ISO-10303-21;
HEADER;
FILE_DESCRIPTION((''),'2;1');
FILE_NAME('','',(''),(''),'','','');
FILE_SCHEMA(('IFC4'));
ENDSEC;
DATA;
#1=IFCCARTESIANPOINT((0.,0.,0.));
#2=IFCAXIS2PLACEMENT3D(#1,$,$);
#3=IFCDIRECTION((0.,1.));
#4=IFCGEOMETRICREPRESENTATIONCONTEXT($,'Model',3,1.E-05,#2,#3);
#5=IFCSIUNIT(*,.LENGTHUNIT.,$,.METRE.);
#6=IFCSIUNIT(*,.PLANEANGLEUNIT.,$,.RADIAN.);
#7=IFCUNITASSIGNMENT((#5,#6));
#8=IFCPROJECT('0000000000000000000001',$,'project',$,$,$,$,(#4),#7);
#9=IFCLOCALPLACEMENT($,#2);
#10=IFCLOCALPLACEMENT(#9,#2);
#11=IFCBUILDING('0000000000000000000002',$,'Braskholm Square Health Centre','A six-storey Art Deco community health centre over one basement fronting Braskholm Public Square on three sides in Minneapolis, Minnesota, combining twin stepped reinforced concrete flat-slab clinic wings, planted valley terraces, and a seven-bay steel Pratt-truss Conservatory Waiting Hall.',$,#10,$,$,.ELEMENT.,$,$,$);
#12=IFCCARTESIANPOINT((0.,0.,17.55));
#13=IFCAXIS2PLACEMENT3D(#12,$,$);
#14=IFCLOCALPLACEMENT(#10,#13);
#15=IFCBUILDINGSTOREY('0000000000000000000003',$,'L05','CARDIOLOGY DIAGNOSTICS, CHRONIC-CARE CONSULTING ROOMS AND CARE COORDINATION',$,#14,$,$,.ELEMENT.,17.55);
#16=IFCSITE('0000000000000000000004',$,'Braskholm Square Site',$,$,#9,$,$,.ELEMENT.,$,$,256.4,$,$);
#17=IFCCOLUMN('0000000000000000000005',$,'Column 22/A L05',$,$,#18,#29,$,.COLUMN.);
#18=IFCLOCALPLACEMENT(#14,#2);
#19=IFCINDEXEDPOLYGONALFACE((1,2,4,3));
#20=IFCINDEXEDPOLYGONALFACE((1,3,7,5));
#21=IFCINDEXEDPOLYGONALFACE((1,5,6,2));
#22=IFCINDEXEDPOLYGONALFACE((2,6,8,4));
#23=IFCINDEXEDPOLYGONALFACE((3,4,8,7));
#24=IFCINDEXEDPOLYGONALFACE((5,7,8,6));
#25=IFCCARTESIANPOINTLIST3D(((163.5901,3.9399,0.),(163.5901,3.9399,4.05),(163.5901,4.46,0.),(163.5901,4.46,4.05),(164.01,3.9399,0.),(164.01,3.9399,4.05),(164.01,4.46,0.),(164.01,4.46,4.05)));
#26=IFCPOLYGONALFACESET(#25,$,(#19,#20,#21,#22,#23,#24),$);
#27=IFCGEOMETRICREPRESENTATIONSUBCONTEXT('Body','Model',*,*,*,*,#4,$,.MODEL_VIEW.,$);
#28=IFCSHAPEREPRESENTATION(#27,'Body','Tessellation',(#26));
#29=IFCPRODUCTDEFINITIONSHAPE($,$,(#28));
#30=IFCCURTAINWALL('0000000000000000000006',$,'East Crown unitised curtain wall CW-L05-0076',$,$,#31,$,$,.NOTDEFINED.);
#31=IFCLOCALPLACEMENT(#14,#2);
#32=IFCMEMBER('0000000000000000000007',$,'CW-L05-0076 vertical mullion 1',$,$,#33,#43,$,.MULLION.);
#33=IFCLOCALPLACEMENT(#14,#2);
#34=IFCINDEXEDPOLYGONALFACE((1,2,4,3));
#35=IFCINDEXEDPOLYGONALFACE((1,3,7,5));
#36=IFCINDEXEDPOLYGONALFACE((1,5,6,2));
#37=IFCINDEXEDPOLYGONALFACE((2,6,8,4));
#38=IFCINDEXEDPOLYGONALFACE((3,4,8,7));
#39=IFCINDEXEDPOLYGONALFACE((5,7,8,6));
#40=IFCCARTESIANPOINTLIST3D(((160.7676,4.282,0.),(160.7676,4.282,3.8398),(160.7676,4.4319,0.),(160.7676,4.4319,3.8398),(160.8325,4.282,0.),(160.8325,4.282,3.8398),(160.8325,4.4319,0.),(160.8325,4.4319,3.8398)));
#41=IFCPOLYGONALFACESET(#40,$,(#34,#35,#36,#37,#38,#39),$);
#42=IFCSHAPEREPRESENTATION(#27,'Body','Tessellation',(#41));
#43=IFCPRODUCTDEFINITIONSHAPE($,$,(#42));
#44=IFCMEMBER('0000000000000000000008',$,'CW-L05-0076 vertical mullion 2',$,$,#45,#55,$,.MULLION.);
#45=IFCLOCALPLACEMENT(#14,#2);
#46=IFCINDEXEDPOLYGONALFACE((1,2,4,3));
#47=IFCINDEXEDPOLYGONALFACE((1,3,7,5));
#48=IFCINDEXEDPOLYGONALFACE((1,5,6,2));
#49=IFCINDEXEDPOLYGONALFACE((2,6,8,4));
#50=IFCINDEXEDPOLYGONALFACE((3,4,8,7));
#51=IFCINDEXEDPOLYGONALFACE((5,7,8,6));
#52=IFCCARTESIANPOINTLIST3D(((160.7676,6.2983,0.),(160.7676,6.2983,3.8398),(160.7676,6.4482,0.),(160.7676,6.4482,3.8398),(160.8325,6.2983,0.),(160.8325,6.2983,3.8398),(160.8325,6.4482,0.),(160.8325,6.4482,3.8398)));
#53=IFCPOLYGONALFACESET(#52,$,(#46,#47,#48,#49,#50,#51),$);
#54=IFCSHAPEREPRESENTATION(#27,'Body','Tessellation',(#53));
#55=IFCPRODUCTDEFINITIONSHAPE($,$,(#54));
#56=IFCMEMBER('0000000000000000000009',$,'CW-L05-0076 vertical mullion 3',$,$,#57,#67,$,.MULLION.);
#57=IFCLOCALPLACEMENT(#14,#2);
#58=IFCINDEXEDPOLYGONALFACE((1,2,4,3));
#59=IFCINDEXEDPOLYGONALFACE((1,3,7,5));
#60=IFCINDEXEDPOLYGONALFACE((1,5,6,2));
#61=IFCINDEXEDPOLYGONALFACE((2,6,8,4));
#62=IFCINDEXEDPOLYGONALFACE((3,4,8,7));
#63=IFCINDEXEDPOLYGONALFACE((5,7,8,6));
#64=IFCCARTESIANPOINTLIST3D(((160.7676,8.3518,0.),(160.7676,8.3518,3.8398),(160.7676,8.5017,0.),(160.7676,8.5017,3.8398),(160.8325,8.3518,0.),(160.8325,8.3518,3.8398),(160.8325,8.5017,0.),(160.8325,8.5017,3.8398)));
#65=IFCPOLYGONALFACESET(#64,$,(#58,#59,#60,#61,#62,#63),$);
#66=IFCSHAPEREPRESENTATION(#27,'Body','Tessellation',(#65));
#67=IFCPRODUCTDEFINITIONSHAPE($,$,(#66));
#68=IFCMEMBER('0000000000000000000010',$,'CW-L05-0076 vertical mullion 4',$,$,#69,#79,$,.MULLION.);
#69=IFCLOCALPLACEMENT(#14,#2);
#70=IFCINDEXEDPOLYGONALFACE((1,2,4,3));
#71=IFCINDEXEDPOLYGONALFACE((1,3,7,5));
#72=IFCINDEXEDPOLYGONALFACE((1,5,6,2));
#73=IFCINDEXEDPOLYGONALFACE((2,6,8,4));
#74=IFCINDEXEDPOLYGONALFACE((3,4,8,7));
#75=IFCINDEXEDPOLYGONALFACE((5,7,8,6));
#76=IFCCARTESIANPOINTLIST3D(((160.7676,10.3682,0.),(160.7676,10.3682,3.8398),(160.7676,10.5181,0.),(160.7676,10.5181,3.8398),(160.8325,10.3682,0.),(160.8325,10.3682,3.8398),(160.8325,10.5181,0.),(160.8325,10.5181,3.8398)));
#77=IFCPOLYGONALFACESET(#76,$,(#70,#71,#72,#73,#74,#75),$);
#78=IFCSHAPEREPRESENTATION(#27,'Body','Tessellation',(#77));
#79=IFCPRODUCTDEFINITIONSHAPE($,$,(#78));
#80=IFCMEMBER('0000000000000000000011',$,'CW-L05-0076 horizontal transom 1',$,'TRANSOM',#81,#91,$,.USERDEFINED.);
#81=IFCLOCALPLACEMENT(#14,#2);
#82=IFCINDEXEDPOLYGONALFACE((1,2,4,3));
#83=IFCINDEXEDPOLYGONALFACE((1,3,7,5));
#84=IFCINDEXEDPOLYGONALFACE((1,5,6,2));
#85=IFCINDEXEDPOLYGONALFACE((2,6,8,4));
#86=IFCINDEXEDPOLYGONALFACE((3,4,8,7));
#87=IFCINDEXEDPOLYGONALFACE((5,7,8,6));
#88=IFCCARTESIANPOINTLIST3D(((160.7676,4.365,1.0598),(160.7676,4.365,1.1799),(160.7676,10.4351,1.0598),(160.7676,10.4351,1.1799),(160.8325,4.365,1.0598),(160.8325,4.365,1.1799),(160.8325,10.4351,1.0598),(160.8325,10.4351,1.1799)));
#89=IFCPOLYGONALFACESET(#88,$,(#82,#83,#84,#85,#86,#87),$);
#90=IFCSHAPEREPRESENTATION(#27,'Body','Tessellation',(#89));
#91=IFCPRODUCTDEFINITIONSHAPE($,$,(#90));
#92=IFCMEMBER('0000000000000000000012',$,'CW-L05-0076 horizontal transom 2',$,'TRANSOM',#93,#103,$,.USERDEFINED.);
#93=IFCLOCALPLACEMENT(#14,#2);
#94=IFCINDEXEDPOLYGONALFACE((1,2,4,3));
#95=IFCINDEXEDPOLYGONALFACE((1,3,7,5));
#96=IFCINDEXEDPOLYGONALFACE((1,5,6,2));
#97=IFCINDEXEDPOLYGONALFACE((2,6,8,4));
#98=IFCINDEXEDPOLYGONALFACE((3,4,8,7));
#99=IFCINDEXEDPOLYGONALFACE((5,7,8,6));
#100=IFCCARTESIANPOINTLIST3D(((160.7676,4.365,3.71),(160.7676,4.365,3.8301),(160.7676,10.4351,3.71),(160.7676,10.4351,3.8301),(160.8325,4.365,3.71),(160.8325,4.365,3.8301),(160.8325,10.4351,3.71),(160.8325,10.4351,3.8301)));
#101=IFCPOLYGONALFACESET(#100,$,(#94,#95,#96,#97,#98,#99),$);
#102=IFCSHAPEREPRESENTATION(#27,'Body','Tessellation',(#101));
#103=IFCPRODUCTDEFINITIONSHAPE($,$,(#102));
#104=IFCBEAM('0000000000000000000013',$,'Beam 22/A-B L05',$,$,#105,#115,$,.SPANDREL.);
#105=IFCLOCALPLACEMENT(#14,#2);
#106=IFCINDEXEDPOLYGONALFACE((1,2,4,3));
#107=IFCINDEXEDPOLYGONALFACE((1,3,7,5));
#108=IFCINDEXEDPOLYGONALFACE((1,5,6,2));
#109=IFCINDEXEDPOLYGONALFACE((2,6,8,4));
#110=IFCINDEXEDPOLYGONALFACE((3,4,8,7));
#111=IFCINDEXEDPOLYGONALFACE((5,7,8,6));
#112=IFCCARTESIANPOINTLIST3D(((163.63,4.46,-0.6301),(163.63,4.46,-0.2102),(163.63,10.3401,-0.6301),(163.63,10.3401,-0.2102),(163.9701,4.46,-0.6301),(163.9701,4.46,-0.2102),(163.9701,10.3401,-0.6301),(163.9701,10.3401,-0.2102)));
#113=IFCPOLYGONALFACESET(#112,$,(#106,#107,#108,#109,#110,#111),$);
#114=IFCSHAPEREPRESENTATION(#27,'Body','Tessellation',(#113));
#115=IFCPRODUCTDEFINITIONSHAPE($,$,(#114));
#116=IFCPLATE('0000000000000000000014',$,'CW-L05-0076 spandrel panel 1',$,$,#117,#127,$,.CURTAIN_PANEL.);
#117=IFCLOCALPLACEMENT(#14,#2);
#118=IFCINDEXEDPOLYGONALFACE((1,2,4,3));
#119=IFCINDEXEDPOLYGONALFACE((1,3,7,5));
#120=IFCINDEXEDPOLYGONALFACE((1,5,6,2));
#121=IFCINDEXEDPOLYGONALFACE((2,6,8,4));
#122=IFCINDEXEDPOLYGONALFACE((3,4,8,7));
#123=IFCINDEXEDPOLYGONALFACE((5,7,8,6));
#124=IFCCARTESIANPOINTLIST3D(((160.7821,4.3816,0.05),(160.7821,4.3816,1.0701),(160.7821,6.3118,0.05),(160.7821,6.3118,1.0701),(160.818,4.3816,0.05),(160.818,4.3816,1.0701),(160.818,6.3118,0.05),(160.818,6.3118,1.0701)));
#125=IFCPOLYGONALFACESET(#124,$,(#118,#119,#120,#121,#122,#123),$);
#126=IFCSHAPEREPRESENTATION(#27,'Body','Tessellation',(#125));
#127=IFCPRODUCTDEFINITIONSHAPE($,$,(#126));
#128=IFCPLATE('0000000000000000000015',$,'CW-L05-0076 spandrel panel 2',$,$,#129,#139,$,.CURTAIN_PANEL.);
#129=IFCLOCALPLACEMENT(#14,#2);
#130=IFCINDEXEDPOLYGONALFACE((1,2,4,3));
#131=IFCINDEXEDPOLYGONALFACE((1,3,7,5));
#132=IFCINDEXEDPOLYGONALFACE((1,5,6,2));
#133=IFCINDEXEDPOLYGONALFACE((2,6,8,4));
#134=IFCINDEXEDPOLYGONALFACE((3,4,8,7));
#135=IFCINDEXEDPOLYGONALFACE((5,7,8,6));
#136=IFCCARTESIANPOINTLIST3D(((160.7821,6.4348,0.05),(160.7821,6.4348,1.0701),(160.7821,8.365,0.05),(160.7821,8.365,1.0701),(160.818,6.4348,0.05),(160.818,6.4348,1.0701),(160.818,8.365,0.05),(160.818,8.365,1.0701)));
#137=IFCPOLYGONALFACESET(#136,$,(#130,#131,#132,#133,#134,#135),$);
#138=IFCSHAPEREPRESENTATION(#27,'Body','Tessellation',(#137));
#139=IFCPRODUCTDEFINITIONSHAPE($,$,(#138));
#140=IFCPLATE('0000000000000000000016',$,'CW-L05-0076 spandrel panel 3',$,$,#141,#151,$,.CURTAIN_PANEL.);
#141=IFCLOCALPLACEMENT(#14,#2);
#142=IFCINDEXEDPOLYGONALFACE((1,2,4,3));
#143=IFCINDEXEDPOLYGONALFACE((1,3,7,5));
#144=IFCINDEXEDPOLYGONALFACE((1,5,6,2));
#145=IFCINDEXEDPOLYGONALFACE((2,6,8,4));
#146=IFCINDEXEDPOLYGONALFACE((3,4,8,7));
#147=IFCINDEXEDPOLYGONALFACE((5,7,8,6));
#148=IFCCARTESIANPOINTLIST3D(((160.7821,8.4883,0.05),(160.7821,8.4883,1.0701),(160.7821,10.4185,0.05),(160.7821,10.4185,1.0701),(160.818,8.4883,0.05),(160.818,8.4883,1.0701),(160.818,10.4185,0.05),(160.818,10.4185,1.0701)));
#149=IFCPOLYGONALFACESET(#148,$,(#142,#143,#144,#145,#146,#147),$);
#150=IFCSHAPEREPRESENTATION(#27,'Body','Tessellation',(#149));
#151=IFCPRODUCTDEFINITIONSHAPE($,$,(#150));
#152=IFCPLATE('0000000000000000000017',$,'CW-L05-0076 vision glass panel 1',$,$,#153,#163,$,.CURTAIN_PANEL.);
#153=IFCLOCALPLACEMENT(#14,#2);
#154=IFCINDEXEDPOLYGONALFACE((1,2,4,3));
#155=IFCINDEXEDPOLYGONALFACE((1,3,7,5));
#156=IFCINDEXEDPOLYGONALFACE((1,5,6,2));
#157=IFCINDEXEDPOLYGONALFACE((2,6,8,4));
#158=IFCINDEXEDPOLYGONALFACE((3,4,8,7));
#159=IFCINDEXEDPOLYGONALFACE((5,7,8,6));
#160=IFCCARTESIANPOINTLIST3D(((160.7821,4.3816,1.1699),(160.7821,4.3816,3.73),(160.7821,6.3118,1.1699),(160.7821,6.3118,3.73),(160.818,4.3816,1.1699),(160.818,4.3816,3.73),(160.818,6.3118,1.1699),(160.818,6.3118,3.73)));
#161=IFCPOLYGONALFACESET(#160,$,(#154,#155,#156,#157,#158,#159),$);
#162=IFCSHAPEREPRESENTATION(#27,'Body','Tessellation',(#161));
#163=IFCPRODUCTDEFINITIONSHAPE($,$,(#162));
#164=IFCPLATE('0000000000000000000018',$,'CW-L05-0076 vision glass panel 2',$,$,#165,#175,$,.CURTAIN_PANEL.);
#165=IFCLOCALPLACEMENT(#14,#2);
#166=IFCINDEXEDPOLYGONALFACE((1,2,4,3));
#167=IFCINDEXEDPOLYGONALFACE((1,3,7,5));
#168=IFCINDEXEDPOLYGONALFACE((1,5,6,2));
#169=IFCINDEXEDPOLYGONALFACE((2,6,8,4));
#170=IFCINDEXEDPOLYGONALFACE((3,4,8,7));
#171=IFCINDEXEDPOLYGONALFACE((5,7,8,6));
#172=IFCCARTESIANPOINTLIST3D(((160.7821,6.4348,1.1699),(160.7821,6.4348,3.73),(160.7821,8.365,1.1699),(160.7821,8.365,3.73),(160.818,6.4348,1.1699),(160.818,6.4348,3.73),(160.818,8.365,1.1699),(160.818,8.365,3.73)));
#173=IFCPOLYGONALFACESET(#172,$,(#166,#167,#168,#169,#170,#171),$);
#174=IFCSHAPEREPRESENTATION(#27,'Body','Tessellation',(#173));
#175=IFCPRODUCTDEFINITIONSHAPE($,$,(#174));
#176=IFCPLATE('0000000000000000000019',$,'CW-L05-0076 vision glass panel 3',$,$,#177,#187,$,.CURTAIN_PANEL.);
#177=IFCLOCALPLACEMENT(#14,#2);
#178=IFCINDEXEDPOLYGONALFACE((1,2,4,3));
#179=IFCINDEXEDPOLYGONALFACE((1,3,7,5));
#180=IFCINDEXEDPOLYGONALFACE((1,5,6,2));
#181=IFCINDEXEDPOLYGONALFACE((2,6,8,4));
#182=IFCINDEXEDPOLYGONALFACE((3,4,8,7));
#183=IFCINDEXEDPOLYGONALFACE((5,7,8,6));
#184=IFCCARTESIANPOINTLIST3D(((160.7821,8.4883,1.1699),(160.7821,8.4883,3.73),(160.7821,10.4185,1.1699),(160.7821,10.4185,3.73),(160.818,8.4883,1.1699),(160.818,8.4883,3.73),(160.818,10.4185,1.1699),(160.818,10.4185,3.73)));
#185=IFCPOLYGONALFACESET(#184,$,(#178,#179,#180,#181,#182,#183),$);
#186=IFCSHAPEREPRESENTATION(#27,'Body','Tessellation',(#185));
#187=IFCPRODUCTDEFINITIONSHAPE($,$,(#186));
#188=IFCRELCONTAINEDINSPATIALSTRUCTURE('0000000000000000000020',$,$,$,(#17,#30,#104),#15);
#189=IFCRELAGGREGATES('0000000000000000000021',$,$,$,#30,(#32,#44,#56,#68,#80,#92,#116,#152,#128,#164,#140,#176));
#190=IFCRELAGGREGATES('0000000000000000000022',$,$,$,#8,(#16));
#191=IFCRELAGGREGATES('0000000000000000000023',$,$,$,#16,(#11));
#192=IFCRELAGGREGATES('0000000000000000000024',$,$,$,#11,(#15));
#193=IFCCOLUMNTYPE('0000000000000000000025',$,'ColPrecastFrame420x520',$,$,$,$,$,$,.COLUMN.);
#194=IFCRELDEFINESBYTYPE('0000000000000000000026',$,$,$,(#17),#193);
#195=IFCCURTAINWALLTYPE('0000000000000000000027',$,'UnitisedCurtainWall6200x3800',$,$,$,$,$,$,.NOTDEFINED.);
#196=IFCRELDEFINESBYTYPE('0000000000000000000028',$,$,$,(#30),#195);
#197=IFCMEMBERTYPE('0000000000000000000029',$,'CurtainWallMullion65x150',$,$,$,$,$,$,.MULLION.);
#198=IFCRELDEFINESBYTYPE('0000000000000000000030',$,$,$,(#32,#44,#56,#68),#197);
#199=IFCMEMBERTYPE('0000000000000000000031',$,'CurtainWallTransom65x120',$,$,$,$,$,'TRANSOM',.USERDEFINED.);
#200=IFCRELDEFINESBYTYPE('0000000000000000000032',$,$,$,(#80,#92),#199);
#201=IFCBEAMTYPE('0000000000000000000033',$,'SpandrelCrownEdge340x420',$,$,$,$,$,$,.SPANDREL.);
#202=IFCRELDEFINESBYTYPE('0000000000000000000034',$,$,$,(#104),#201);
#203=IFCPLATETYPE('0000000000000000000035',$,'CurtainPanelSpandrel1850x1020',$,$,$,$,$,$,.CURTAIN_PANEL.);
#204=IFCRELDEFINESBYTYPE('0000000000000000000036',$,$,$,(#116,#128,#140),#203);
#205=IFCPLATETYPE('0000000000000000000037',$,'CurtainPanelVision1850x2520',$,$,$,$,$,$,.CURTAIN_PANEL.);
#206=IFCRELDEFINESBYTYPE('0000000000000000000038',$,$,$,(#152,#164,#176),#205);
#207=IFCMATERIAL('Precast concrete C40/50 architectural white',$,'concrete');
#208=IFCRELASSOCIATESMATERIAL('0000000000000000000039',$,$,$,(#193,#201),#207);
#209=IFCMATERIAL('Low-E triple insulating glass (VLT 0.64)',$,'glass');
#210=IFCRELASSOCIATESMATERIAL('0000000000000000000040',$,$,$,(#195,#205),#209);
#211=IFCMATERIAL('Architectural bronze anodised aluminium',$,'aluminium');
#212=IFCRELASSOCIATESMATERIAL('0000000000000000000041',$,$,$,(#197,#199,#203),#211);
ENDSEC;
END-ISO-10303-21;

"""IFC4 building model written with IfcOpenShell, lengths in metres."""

from ifc_helpers import new_model, si_unit, direction, frame, origin, origin_2d, place, context, subcontext, project, spatial, rectangle, extrude, material, material_profile, profile_set, type_object, element, aggregate, save


model = new_model("IFC4")

# Units and contexts
model_context = context("Model", 3, precision=1e-05, world=origin(), true_north=direction((0.0, 1.0)))
body_context = subcontext(model_context, "Body", "Model", "MODEL_VIEW")
ifc_project = project(units=[si_unit("LENGTHUNIT", "METRE"), si_unit("PLANEANGLEUNIT", "RADIAN")], contexts=[model_context])

# Site, building, storey
site_placement = place(None, origin())
site = spatial("IfcSite", under=ifc_project, at=site_placement, Name="Braskholm Square Site", CompositionType="ELEMENT", RefElevation=256.4)
building_placement = place(site_placement, origin())
building = spatial("IfcBuilding", under=site, at=building_placement, Name="Braskholm Square Health Centre", Description="A six-storey Art Deco community health centre over one basement fronting Braskholm Public Square on three sides in Minneapolis, Minnesota, combining twin stepped reinforced concrete flat-slab clinic wings, planted valley terraces, and a seven-bay steel Pratt-truss Conservatory Waiting Hall.", CompositionType="ELEMENT")
storey_placement = place(building_placement, frame((0.0, 0.0, 17.55)))
storey = spatial("IfcBuildingStorey", under=building, at=storey_placement, Name="L05", Description="CARDIOLOGY DIAGNOSTICS, CHRONIC-CARE CONSULTING ROOMS AND CARE COORDINATION", CompositionType="ELEMENT", Elevation=17.55)

# Column
ifc_material_1 = material(Name="Precast concrete C40/50 architectural white", Category="concrete")
ifc_material_profile_1 = material_profile(ifc_material_1, rectangle(XDim=0.4199, YDim=0.52, at=origin_2d()), Name="RC-420X520")
ifc_profile_set_1 = profile_set([ifc_material_profile_1], Name="Precast concrete C40/50 architectural white")
column_type = type_object("IfcColumnType", Name="ColPrecastFrame420x520", PredefinedType="COLUMN", material=ifc_profile_set_1)
column_placement = place(storey_placement, frame((163.8, 4.2, 0.0), z_axis=(0.0, 0.0, 1.0), x_axis=(1.0, 0.0, 0.0)))
element("IfcColumn", 1, at=column_placement, inside=storey, type_object=column_type, Name="Column 22/A L05", PredefinedType="COLUMN", context=body_context, shape_type="SweptSolid", body=[
    extrude(rectangle(XDim=0.4199, YDim=0.52, at=origin_2d()), origin(), (0.0, 0.0, 1.0), 4.05),
])

# Curtain wall, members
ifc_material_2 = material(Name="Low-E triple insulating glass (VLT 0.64)", Category="glass")
curtain_wall_type = type_object("IfcCurtainWallType", Name="UnitisedCurtainWall6200x3800", PredefinedType="NOTDEFINED", material=ifc_material_2)
curtain_wall_placement = place(storey_placement, origin())
curtain_wall = element("IfcCurtainWall", 2, at=curtain_wall_placement, inside=storey, type_object=curtain_wall_type, Name="East Crown unitised curtain wall CW-L05-0076", PredefinedType="NOTDEFINED")
ifc_material_3 = material(Name="Architectural bronze anodised aluminium", Category="aluminium")
ifc_material_profile_2 = material_profile(ifc_material_3, rectangle(XDim=0.0649, YDim=0.1499, at=origin_2d()), Name="ALU-65X150")
ifc_profile_set_2 = profile_set([ifc_material_profile_2], Name="Architectural bronze anodised aluminium")
member_type_1 = type_object("IfcMemberType", Name="CurtainWallMullion65x150", PredefinedType="MULLION", material=ifc_profile_set_2)
member_1_placement = place(storey_placement, frame((160.8, 4.3569, 0.0), z_axis=(0.0, 0.0, 1.0), x_axis=(1.0, 0.0, 0.0)))
member_1 = element("IfcMember", 3, at=member_1_placement, type_object=member_type_1, Name="CW-L05-0076 vertical mullion 1", PredefinedType="MULLION", context=body_context, shape_type="SweptSolid", body=[
    extrude(rectangle(XDim=0.0649, YDim=0.1499, at=origin_2d()), origin(), (0.0, 0.0, 1.0), 3.8398),
])
member_2_placement = place(storey_placement, frame((160.8, 6.3733, 0.0), z_axis=(0.0, 0.0, 1.0), x_axis=(1.0, 0.0, 0.0)))
member_2 = element("IfcMember", 4, at=member_2_placement, type_object=member_type_1, Name="CW-L05-0076 vertical mullion 2", PredefinedType="MULLION", context=body_context, shape_type="SweptSolid", body=[
    extrude(rectangle(XDim=0.0649, YDim=0.1499, at=origin_2d()), origin(), (0.0, 0.0, 1.0), 3.8398),
])
member_3_placement = place(storey_placement, frame((160.8, 8.4268, 0.0), z_axis=(0.0, 0.0, 1.0), x_axis=(1.0, 0.0, 0.0)))
member_3 = element("IfcMember", 5, at=member_3_placement, type_object=member_type_1, Name="CW-L05-0076 vertical mullion 3", PredefinedType="MULLION", context=body_context, shape_type="SweptSolid", body=[
    extrude(rectangle(XDim=0.0649, YDim=0.1499, at=origin_2d()), origin(), (0.0, 0.0, 1.0), 3.8398),
])
member_4_placement = place(storey_placement, frame((160.8, 10.4431, 0.0), z_axis=(0.0, 0.0, 1.0), x_axis=(1.0, 0.0, 0.0)))
member_4 = element("IfcMember", 6, at=member_4_placement, type_object=member_type_1, Name="CW-L05-0076 vertical mullion 4", PredefinedType="MULLION", context=body_context, shape_type="SweptSolid", body=[
    extrude(rectangle(XDim=0.0649, YDim=0.1499, at=origin_2d()), origin(), (0.0, 0.0, 1.0), 3.8398),
])
ifc_material_profile_3 = material_profile(ifc_material_3, rectangle(XDim=0.0649, YDim=0.1201, at=origin_2d()), Name="ALU-65X120")
ifc_profile_set_3 = profile_set([ifc_material_profile_3], Name="Architectural bronze anodised aluminium")
member_type_2 = type_object("IfcMemberType", Name="CurtainWallTransom65x120", ElementType="TRANSOM", PredefinedType="USERDEFINED", material=ifc_profile_set_3)
member_5_placement = place(storey_placement, frame((160.8, 4.365, 1.1199), z_axis=(0.0, 1.0, 0.0), x_axis=(-1.0, 0.0, 0.0)))
member_5 = element("IfcMember", 7, at=member_5_placement, type_object=member_type_2, Name="CW-L05-0076 horizontal transom 1", ObjectType="TRANSOM", PredefinedType="USERDEFINED", context=body_context, shape_type="SweptSolid", body=[
    extrude(rectangle(XDim=0.0649, YDim=0.1201, at=origin_2d()), origin(), (0.0, 0.0, 1.0), 6.0701),
])
member_6_placement = place(storey_placement, frame((160.8, 4.365, 3.77), z_axis=(0.0, 1.0, 0.0), x_axis=(-1.0, 0.0, 0.0)))
member_6 = element("IfcMember", 8, at=member_6_placement, type_object=member_type_2, Name="CW-L05-0076 horizontal transom 2", ObjectType="TRANSOM", PredefinedType="USERDEFINED", context=body_context, shape_type="SweptSolid", body=[
    extrude(rectangle(XDim=0.0649, YDim=0.1201, at=origin_2d()), origin(), (0.0, 0.0, 1.0), 6.0701),
])

# Beam
ifc_material_profile_4 = material_profile(ifc_material_1, rectangle(XDim=0.3401, YDim=0.4199, at=origin_2d()), Name="RCB-340X420")
ifc_profile_set_4 = profile_set([ifc_material_profile_4], Name="Precast concrete C40/50 architectural white")
beam_type = type_object("IfcBeamType", Name="SpandrelCrownEdge340x420", PredefinedType="SPANDREL", material=ifc_profile_set_4)
beam_placement = place(storey_placement, frame((163.8, 4.46, -0.4202), z_axis=(0.0, 1.0, 0.0), x_axis=(-1.0, 0.0, 0.0)))
element("IfcBeam", 9, at=beam_placement, inside=storey, type_object=beam_type, Name="Beam 22/A-B L05", PredefinedType="SPANDREL", context=body_context, shape_type="SweptSolid", body=[
    extrude(rectangle(XDim=0.3401, YDim=0.4199, at=origin_2d()), origin(), (0.0, 0.0, 1.0), 5.8801),
])

# Plates
plate_type_1 = type_object("IfcPlateType", Name="CurtainPanelSpandrel1850x1020", PredefinedType="CURTAIN_PANEL", material=ifc_material_3)
plate_1_placement = place(storey_placement, frame((160.8, 5.3467, 0.05), z_axis=(0.0, 0.0, 1.0), x_axis=(0.0, 1.0, 0.0)))
plate_1 = element("IfcPlate", 10, at=plate_1_placement, type_object=plate_type_1, Name="CW-L05-0076 spandrel panel 1", PredefinedType="CURTAIN_PANEL", context=body_context, shape_type="SweptSolid", body=[
    extrude(rectangle(XDim=1.9302, YDim=0.0359, at=origin_2d()), origin(), (0.0, 0.0, 1.0), 1.02),
])
plate_2_placement = place(storey_placement, frame((160.8, 7.3999, 0.05), z_axis=(0.0, 0.0, 1.0), x_axis=(0.0, 1.0, 0.0)))
plate_2 = element("IfcPlate", 11, at=plate_2_placement, type_object=plate_type_1, Name="CW-L05-0076 spandrel panel 2", PredefinedType="CURTAIN_PANEL", context=body_context, shape_type="SweptSolid", body=[
    extrude(rectangle(XDim=1.9302, YDim=0.0359, at=origin_2d()), origin(), (0.0, 0.0, 1.0), 1.02),
])
plate_3_placement = place(storey_placement, frame((160.8, 9.4534, 0.05), z_axis=(0.0, 0.0, 1.0), x_axis=(0.0, 1.0, 0.0)))
plate_3 = element("IfcPlate", 12, at=plate_3_placement, type_object=plate_type_1, Name="CW-L05-0076 spandrel panel 3", PredefinedType="CURTAIN_PANEL", context=body_context, shape_type="SweptSolid", body=[
    extrude(rectangle(XDim=1.9302, YDim=0.0359, at=origin_2d()), origin(), (0.0, 0.0, 1.0), 1.02),
])
plate_type_2 = type_object("IfcPlateType", Name="CurtainPanelVision1850x2520", PredefinedType="CURTAIN_PANEL", material=ifc_material_2)
plate_4_placement = place(storey_placement, frame((160.8, 5.3467, 1.1699), z_axis=(0.0, 0.0, 1.0), x_axis=(0.0, 1.0, 0.0)))
plate_4 = element("IfcPlate", 13, at=plate_4_placement, type_object=plate_type_2, Name="CW-L05-0076 vision glass panel 1", PredefinedType="CURTAIN_PANEL", context=body_context, shape_type="SweptSolid", body=[
    extrude(rectangle(XDim=1.9302, YDim=0.0359, at=origin_2d()), origin(), (0.0, 0.0, 1.0), 2.5601),
])
plate_5_placement = place(storey_placement, frame((160.8, 7.3999, 1.1699), z_axis=(0.0, 0.0, 1.0), x_axis=(0.0, 1.0, 0.0)))
plate_5 = element("IfcPlate", 14, at=plate_5_placement, type_object=plate_type_2, Name="CW-L05-0076 vision glass panel 2", PredefinedType="CURTAIN_PANEL", context=body_context, shape_type="SweptSolid", body=[
    extrude(rectangle(XDim=1.9302, YDim=0.0359, at=origin_2d()), origin(), (0.0, 0.0, 1.0), 2.5601),
])
plate_6_placement = place(storey_placement, frame((160.8, 9.4534, 1.1699), z_axis=(0.0, 0.0, 1.0), x_axis=(0.0, 1.0, 0.0)))
plate_6 = element("IfcPlate", 15, at=plate_6_placement, type_object=plate_type_2, Name="CW-L05-0076 vision glass panel 3", PredefinedType="CURTAIN_PANEL", context=body_context, shape_type="SweptSolid", body=[
    extrude(rectangle(XDim=1.9302, YDim=0.0359, at=origin_2d()), origin(), (0.0, 0.0, 1.0), 2.5601),
])
aggregate(curtain_wall, [member_1, member_2, member_3, member_4, member_5, member_6, plate_1, plate_4, plate_2, plate_5, plate_3, plate_6])

save(model, "model.ifc")
